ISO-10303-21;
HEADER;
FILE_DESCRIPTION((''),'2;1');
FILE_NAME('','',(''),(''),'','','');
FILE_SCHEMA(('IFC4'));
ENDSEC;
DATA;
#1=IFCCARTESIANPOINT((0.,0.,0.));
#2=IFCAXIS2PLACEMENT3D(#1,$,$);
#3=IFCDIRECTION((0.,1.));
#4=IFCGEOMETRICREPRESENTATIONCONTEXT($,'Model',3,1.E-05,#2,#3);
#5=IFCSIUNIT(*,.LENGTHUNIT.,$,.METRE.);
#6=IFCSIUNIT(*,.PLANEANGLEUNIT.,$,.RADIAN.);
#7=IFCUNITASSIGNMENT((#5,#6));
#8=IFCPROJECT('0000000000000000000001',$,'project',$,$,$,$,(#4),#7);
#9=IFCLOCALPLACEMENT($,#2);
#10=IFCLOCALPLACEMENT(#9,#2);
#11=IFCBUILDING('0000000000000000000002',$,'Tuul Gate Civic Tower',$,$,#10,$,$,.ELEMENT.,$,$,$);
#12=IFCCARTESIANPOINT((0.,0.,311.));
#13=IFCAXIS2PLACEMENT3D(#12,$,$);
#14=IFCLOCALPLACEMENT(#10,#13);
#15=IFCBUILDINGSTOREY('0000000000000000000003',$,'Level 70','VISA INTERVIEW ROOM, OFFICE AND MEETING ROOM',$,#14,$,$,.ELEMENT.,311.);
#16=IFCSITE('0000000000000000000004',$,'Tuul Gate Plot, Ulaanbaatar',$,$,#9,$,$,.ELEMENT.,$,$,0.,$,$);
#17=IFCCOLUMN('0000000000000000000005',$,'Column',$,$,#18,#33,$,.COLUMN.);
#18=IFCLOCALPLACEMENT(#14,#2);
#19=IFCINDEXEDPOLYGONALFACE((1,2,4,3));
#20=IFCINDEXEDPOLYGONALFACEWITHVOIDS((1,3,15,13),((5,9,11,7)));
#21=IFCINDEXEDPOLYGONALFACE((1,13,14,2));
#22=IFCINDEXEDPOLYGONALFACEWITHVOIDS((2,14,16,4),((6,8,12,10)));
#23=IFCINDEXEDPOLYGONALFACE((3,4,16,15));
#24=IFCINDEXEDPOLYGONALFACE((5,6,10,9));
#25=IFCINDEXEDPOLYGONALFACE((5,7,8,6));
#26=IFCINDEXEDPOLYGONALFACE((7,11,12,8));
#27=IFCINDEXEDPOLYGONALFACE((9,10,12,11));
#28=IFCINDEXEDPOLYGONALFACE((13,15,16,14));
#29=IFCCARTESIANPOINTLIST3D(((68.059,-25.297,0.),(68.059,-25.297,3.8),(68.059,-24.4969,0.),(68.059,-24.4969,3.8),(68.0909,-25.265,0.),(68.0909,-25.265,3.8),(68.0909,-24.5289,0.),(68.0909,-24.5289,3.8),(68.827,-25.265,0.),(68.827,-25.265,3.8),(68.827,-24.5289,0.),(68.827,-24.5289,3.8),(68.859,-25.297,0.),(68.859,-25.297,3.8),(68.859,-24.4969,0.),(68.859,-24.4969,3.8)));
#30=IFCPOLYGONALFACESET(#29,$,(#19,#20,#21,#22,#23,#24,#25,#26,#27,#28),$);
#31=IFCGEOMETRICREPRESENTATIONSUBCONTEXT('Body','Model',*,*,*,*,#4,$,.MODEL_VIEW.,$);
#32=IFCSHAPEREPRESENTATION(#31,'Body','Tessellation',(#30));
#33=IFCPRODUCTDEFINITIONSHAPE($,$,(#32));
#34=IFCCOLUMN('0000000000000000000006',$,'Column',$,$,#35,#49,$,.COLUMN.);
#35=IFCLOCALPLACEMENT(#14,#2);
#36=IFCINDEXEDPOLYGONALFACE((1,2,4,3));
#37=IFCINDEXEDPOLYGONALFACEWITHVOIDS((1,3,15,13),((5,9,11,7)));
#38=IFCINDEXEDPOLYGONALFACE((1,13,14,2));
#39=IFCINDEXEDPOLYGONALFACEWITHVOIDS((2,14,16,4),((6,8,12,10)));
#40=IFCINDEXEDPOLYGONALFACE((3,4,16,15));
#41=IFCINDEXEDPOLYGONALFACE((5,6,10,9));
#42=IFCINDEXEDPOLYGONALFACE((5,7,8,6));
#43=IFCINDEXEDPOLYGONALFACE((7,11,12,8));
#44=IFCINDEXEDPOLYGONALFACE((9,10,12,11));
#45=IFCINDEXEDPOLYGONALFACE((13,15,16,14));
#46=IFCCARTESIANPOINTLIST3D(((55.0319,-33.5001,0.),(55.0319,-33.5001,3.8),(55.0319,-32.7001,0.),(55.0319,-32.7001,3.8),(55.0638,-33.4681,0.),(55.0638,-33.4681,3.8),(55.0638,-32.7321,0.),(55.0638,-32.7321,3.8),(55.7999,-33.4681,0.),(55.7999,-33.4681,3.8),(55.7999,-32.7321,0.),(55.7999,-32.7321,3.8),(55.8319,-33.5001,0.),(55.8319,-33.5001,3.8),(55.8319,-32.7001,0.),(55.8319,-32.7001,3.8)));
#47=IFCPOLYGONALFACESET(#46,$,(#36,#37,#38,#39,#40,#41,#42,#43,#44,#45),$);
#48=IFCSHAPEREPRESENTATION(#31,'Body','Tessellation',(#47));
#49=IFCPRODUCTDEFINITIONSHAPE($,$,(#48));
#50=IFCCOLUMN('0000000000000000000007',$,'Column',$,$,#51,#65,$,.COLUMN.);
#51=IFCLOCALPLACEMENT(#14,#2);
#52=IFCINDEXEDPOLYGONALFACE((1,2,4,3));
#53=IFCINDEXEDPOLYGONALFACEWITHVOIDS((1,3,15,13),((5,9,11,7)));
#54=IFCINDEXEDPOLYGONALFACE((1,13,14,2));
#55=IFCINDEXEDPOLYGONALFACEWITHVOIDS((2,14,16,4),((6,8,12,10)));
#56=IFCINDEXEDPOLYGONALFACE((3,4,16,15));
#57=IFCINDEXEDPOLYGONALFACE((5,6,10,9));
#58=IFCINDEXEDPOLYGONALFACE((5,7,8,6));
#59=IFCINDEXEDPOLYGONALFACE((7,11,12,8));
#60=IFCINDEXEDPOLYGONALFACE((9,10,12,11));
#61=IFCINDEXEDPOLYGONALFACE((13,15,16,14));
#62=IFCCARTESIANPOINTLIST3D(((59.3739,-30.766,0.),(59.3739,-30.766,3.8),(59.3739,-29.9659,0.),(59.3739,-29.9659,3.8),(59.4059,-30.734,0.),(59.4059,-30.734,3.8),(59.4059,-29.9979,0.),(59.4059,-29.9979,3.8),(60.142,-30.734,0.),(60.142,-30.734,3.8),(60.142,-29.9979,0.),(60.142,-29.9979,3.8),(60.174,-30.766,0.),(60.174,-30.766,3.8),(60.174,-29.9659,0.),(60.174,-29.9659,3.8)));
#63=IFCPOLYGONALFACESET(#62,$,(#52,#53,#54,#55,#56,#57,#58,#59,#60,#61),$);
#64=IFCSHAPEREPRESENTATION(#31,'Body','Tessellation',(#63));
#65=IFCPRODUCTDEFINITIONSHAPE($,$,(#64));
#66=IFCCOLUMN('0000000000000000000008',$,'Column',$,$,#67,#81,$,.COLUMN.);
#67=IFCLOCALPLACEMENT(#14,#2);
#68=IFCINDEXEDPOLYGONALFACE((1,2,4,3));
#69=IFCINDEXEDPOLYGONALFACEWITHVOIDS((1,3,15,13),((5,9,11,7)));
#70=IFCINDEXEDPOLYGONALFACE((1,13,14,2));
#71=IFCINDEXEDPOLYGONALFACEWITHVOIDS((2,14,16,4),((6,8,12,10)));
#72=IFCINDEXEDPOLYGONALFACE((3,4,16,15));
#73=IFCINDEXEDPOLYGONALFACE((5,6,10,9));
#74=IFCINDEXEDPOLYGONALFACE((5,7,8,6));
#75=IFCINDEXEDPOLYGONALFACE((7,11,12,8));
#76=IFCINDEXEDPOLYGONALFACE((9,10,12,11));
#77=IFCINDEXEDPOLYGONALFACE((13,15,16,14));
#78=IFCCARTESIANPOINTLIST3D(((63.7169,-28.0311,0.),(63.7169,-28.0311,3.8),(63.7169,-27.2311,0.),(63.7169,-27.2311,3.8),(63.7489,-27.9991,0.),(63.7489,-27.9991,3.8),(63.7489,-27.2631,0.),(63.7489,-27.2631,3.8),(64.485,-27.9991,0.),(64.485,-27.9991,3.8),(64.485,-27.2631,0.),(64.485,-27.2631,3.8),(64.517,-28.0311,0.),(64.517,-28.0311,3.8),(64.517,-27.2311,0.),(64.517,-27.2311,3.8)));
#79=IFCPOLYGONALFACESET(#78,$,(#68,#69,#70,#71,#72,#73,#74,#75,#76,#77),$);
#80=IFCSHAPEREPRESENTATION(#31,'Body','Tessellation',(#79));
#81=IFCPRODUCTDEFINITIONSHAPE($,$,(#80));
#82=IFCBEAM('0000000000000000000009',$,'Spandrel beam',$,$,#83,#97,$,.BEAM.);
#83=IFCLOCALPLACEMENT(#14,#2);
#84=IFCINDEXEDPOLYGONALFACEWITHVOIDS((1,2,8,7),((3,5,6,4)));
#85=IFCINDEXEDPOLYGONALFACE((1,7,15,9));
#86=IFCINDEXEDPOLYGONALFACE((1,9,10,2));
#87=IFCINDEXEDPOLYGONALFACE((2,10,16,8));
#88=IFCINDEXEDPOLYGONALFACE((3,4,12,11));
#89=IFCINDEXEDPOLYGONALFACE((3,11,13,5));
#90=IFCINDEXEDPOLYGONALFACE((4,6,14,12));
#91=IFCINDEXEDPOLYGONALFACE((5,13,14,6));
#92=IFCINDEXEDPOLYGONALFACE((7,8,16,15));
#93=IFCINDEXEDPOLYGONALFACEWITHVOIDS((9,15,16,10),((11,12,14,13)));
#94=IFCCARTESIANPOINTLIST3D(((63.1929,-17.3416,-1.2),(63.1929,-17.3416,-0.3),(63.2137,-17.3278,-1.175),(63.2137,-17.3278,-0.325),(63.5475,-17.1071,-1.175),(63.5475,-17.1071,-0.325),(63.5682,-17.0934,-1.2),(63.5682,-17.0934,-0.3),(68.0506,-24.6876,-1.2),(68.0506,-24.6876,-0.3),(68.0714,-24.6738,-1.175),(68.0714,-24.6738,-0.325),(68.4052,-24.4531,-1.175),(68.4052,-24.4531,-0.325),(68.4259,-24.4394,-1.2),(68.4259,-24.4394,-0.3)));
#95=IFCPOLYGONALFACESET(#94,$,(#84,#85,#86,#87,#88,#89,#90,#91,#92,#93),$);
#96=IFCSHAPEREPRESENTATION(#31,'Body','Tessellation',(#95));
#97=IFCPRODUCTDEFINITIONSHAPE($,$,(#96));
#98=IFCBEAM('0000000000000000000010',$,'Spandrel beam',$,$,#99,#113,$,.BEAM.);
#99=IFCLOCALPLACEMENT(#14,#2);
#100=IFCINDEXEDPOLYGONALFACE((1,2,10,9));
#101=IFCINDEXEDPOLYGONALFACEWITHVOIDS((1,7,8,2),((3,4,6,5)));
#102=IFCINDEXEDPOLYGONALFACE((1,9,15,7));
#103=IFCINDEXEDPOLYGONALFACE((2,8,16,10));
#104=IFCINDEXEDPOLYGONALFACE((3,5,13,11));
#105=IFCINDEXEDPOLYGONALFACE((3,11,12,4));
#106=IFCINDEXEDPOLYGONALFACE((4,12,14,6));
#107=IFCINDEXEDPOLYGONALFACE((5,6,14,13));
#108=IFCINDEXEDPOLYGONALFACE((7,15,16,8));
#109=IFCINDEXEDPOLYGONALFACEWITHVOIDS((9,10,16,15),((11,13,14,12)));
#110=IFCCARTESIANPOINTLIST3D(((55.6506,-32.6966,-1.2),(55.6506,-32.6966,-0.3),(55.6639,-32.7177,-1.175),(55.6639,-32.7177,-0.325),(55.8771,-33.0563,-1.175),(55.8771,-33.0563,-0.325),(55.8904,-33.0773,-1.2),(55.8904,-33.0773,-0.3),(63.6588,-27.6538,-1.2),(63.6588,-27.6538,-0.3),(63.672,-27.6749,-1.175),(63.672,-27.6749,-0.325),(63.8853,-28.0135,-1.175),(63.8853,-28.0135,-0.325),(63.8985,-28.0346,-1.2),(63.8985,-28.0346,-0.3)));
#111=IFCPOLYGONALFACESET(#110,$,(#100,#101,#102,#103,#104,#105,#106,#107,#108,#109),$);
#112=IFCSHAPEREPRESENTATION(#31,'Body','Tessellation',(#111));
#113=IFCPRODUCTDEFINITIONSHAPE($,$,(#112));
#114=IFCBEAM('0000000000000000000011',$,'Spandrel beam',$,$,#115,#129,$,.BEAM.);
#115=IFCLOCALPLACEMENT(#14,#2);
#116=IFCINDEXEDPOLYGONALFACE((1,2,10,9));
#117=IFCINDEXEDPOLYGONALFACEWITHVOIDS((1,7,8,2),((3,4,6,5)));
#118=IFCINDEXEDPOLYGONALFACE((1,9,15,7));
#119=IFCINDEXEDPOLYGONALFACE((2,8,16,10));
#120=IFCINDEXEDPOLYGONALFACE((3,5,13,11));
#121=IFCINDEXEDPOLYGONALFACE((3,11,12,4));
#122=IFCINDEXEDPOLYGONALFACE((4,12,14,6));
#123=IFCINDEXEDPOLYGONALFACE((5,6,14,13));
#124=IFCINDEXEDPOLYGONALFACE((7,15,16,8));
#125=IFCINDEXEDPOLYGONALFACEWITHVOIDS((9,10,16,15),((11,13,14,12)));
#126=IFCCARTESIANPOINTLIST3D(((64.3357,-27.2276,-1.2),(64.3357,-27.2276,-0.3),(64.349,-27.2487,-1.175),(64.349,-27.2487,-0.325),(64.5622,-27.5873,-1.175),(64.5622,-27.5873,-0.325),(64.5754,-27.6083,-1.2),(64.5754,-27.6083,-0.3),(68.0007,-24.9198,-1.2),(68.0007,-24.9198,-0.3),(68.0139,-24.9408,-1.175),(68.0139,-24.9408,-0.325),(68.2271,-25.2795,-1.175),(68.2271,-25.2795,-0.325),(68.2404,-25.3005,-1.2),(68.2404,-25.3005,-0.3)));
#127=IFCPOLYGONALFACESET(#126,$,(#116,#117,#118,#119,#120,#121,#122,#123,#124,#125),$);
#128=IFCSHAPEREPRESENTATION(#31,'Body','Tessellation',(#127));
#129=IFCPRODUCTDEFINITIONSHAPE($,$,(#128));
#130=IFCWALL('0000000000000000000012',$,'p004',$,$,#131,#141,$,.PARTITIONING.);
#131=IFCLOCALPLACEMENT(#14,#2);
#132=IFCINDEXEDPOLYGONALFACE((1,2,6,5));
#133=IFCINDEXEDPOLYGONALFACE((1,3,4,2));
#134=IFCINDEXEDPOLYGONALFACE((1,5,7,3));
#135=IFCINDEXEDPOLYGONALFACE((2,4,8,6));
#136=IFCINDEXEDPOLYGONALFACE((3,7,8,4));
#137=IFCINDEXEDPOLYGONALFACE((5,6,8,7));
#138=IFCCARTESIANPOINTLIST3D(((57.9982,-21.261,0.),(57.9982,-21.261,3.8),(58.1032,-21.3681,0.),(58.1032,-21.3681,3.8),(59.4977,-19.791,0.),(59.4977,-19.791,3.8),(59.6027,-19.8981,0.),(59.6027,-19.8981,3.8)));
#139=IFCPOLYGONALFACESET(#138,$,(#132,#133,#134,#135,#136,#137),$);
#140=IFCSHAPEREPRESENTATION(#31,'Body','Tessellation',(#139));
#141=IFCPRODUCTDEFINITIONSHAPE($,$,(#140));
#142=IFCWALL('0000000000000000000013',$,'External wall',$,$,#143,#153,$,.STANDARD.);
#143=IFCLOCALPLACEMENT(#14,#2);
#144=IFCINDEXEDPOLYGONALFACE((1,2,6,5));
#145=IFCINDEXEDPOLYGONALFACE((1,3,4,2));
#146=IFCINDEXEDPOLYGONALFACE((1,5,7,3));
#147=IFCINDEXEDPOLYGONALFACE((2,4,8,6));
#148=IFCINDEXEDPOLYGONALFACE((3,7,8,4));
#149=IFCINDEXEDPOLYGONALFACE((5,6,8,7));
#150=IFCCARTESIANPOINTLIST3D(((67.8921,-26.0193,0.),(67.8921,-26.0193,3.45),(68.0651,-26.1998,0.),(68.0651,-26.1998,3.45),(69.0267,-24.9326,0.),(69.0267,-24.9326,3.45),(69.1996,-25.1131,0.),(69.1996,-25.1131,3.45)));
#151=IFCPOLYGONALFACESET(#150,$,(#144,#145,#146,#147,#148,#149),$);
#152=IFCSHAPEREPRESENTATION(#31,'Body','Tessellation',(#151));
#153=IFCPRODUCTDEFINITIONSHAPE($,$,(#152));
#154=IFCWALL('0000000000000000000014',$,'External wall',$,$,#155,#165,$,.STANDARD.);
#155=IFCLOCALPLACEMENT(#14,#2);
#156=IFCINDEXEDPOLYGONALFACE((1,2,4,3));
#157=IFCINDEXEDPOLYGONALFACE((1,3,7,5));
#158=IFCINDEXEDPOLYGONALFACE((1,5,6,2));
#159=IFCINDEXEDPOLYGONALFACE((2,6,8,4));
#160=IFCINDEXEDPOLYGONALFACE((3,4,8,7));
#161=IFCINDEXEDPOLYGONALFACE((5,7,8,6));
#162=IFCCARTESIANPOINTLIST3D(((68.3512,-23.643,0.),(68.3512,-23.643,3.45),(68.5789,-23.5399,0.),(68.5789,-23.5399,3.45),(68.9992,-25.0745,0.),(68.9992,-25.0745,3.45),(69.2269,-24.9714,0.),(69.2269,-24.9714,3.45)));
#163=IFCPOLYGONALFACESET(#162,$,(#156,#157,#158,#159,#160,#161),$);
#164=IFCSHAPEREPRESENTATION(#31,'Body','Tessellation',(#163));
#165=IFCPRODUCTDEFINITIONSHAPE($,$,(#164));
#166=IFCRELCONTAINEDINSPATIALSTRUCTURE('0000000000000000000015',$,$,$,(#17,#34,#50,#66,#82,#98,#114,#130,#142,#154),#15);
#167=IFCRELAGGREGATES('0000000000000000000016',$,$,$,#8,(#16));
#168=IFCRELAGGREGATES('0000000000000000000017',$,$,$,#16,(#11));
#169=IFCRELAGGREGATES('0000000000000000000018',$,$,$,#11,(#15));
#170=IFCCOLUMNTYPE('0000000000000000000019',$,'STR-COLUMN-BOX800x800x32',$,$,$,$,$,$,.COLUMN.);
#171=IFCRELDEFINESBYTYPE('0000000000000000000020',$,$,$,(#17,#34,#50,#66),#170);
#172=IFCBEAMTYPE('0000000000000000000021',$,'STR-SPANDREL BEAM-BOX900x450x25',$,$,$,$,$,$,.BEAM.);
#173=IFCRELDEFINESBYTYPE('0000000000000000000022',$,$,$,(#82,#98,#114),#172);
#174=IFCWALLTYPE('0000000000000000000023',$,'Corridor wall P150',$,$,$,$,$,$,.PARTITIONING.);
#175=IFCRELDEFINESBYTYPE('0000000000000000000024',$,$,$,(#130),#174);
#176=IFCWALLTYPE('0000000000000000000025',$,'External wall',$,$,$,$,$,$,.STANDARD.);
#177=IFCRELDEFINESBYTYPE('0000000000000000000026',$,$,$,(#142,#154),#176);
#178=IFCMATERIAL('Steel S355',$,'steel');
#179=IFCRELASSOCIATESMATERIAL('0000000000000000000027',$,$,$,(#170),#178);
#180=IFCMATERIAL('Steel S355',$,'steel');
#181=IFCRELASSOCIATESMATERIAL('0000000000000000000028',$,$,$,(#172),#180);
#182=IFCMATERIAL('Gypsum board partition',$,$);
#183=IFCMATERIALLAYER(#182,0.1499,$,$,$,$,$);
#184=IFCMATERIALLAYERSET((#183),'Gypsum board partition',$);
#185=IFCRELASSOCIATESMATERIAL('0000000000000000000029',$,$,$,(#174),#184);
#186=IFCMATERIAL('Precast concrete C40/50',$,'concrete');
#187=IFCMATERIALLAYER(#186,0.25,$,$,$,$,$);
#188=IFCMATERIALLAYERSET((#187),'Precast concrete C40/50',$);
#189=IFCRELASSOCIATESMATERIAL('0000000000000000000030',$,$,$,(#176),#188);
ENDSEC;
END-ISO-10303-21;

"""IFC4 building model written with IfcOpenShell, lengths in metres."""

from ifc_helpers import new_model, si_unit, direction, frame, frame_2d, origin, origin_2d, place, context, subcontext, project, spatial, rectangle, hollow_rectangle, extrude, material, layer, layer_set, material_profile, profile_set, type_object, element, save


model = new_model("IFC4")

# Units and contexts
model_context = context("Model", 3, precision=1e-05, world=origin(), true_north=direction((0.0, 1.0)))
body_context = subcontext(model_context, "Body", "Model", "MODEL_VIEW")
ifc_project = project(units=[si_unit("LENGTHUNIT", "METRE"), si_unit("PLANEANGLEUNIT", "RADIAN")], contexts=[model_context])

# Site, building, storey
site_placement = place(None, origin())
site = spatial("IfcSite", under=ifc_project, at=site_placement, Name="Tuul Gate Plot, Ulaanbaatar", CompositionType="ELEMENT", RefElevation=0.0)
building_placement = place(site_placement, origin())
building = spatial("IfcBuilding", under=site, at=building_placement, Name="Tuul Gate Civic Tower", CompositionType="ELEMENT")
storey_placement = place(building_placement, frame((0.0, 0.0, 311.0)))
storey = spatial("IfcBuildingStorey", under=building, at=storey_placement, Name="Level 70", Description="VISA INTERVIEW ROOM, OFFICE AND MEETING ROOM", CompositionType="ELEMENT", Elevation=311.0)

# Columns
ifc_material_1 = material(Name="Steel S355", Category="steel")
ifc_material_profile_1 = material_profile(ifc_material_1, hollow_rectangle(XDim=0.8, YDim=0.8, WallThickness=0.032, at=origin_2d()), Name="BOX800x800x32")
ifc_profile_set_1 = profile_set([ifc_material_profile_1], Name="Steel S355")
column_type = type_object("IfcColumnType", Name="STR-COLUMN-BOX800x800x32", PredefinedType="COLUMN", material=ifc_profile_set_1)
for number, where, z_axis, x_axis, name in (
    (1, (68.459, -24.897, 0.0), (0.0, 0.0, 1.0), (1.0, 0.0, 0.0), "Column"),
    (2, (55.4319, -33.1001, 0.0), (0.0, 0.0, 1.0), (1.0, 0.0, 0.0), "Column"),
    (3, (59.7739, -30.366, 0.0), (0.0, 0.0, 1.0), (1.0, 0.0, 0.0), "Column"),
    (4, (64.1169, -27.6311, 0.0), (0.0, 0.0, 1.0), (1.0, 0.0, 0.0), "Column"),
):
    element("IfcColumn", number, at=place(storey_placement, frame(where, z_axis=z_axis, x_axis=x_axis)), inside=storey, type_object=column_type, Name=name, PredefinedType="COLUMN", context=body_context, shape_type="SweptSolid", body=[
        extrude(hollow_rectangle(XDim=0.8, YDim=0.8, WallThickness=0.032, at=origin_2d()), origin(), (0.0, 0.0, 1.0), 3.8),
    ])

# Beams
ifc_material_2 = material(Name="Steel S355", Category="steel")
ifc_material_profile_2 = material_profile(ifc_material_2, hollow_rectangle(XDim=0.45, YDim=0.8999, WallThickness=0.0249, at=origin_2d()), Name="BOX900x450x25")
ifc_profile_set_2 = profile_set([ifc_material_profile_2], Name="Steel S355")
beam_type = type_object("IfcBeamType", Name="STR-SPANDREL BEAM-BOX900x450x25", PredefinedType="BEAM", material=ifc_profile_set_2)
beam_1_placement = place(storey_placement, frame((68.2383, -24.5635, -0.75), z_axis=(-0.551581, 0.834121, 0.0), x_axis=(-0.834121, -0.551581, 0.0)))
element("IfcBeam", 5, at=beam_1_placement, inside=storey, type_object=beam_type, Name="Spandrel beam", PredefinedType="BEAM", context=body_context, shape_type="SweptSolid", body=[
    extrude(hollow_rectangle(XDim=0.45, YDim=0.8999, WallThickness=0.0249, at=origin_2d()), origin(), (0.0, 0.0, 1.0), 8.8069),
])
beam_2_placement = place(storey_placement, frame((55.7705, -32.887, -0.75), z_axis=(0.846204, 0.53286, 0.0), x_axis=(-0.53286, 0.846204, 0.0)))
element("IfcBeam", 6, at=beam_2_placement, inside=storey, type_object=beam_type, Name="Spandrel beam", PredefinedType="BEAM", context=body_context, shape_type="SweptSolid", body=[
    extrude(hollow_rectangle(XDim=0.45, YDim=0.8999, WallThickness=0.0249, at=origin_2d()), origin(), (0.0, 0.0, 1.0), 9.4636),
])
beam_3_placement = place(storey_placement, frame((64.4556, -27.418, -0.75), z_axis=(0.846207, 0.532854, 0.0), x_axis=(-0.532854, 0.846207, 0.0)))
element("IfcBeam", 7, at=beam_3_placement, inside=storey, type_object=beam_type, Name="Spandrel beam", PredefinedType="BEAM", context=body_context, shape_type="SweptSolid", body=[
    extrude(hollow_rectangle(XDim=0.45, YDim=0.8999, WallThickness=0.0249, at=origin_2d()), origin(), (0.0, 0.0, 1.0), 4.3311),
])

# Walls
ifc_material_3 = material(Name="Gypsum board partition")
ifc_layer_1 = layer(ifc_material_3, 0.1499)
ifc_layer_set_1 = layer_set([ifc_layer_1], Name="Gypsum board partition")
wall_type_1 = type_object("IfcWallType", Name="Corridor wall P150", PredefinedType="PARTITIONING", material=ifc_layer_set_1)
wall_1_placement = place(storey_placement, frame((58.0508, -21.3145, 0.0), z_axis=(0.0, 0.0, 1.0), x_axis=(0.714106, 0.700038, 0.0)))
element("IfcWall", 8, at=wall_1_placement, inside=storey, type_object=wall_type_1, Name="p004", PredefinedType="PARTITIONING", context=body_context, shape_type="SweptSolid", body=[
    extrude(rectangle(XDim=2.0999, YDim=0.1499, at=frame_2d((1.0498, 0.0))), origin(), (0.0, 0.0, 1.0), 3.8),
])
ifc_material_4 = material(Name="Precast concrete C40/50", Category="concrete")
ifc_layer_2 = layer(ifc_material_4, 0.25)
ifc_layer_set_2 = layer_set([ifc_layer_2], Name="Precast concrete C40/50")
wall_type_2 = type_object("IfcWallType", Name="External wall", PredefinedType="STANDARD", material=ifc_layer_set_2)
wall_2_placement = place(storey_placement, frame((67.9785, -26.1096, 0.0), z_axis=(0.0, 0.0, 1.0), x_axis=(0.722173, 0.691713, 0.0)))
element("IfcWall", 9, at=wall_2_placement, inside=storey, type_object=wall_type_2, Name="External wall", PredefinedType="STANDARD", context=body_context, shape_type="SweptSolid", body=[
    extrude(rectangle(XDim=1.571, YDim=0.25, at=frame_2d((0.7856, 0.0))), origin(), (0.0, 0.0, 1.0), 3.45),
])
wall_3_placement = place(storey_placement, frame((69.113, -25.0229, 0.0), z_axis=(0.0, 0.0, 1.0), x_axis=(-0.412386, 0.911009, 0.0)))
element("IfcWall", 10, at=wall_3_placement, inside=storey, type_object=wall_type_2, Name="External wall", PredefinedType="STANDARD", context=body_context, shape_type="SweptSolid", body=[
    extrude(rectangle(XDim=1.5713, YDim=0.25, at=frame_2d((0.7856, 0.0))), origin(), (0.0, 0.0, 1.0), 3.45),
])

save(model, "model.ifc")
